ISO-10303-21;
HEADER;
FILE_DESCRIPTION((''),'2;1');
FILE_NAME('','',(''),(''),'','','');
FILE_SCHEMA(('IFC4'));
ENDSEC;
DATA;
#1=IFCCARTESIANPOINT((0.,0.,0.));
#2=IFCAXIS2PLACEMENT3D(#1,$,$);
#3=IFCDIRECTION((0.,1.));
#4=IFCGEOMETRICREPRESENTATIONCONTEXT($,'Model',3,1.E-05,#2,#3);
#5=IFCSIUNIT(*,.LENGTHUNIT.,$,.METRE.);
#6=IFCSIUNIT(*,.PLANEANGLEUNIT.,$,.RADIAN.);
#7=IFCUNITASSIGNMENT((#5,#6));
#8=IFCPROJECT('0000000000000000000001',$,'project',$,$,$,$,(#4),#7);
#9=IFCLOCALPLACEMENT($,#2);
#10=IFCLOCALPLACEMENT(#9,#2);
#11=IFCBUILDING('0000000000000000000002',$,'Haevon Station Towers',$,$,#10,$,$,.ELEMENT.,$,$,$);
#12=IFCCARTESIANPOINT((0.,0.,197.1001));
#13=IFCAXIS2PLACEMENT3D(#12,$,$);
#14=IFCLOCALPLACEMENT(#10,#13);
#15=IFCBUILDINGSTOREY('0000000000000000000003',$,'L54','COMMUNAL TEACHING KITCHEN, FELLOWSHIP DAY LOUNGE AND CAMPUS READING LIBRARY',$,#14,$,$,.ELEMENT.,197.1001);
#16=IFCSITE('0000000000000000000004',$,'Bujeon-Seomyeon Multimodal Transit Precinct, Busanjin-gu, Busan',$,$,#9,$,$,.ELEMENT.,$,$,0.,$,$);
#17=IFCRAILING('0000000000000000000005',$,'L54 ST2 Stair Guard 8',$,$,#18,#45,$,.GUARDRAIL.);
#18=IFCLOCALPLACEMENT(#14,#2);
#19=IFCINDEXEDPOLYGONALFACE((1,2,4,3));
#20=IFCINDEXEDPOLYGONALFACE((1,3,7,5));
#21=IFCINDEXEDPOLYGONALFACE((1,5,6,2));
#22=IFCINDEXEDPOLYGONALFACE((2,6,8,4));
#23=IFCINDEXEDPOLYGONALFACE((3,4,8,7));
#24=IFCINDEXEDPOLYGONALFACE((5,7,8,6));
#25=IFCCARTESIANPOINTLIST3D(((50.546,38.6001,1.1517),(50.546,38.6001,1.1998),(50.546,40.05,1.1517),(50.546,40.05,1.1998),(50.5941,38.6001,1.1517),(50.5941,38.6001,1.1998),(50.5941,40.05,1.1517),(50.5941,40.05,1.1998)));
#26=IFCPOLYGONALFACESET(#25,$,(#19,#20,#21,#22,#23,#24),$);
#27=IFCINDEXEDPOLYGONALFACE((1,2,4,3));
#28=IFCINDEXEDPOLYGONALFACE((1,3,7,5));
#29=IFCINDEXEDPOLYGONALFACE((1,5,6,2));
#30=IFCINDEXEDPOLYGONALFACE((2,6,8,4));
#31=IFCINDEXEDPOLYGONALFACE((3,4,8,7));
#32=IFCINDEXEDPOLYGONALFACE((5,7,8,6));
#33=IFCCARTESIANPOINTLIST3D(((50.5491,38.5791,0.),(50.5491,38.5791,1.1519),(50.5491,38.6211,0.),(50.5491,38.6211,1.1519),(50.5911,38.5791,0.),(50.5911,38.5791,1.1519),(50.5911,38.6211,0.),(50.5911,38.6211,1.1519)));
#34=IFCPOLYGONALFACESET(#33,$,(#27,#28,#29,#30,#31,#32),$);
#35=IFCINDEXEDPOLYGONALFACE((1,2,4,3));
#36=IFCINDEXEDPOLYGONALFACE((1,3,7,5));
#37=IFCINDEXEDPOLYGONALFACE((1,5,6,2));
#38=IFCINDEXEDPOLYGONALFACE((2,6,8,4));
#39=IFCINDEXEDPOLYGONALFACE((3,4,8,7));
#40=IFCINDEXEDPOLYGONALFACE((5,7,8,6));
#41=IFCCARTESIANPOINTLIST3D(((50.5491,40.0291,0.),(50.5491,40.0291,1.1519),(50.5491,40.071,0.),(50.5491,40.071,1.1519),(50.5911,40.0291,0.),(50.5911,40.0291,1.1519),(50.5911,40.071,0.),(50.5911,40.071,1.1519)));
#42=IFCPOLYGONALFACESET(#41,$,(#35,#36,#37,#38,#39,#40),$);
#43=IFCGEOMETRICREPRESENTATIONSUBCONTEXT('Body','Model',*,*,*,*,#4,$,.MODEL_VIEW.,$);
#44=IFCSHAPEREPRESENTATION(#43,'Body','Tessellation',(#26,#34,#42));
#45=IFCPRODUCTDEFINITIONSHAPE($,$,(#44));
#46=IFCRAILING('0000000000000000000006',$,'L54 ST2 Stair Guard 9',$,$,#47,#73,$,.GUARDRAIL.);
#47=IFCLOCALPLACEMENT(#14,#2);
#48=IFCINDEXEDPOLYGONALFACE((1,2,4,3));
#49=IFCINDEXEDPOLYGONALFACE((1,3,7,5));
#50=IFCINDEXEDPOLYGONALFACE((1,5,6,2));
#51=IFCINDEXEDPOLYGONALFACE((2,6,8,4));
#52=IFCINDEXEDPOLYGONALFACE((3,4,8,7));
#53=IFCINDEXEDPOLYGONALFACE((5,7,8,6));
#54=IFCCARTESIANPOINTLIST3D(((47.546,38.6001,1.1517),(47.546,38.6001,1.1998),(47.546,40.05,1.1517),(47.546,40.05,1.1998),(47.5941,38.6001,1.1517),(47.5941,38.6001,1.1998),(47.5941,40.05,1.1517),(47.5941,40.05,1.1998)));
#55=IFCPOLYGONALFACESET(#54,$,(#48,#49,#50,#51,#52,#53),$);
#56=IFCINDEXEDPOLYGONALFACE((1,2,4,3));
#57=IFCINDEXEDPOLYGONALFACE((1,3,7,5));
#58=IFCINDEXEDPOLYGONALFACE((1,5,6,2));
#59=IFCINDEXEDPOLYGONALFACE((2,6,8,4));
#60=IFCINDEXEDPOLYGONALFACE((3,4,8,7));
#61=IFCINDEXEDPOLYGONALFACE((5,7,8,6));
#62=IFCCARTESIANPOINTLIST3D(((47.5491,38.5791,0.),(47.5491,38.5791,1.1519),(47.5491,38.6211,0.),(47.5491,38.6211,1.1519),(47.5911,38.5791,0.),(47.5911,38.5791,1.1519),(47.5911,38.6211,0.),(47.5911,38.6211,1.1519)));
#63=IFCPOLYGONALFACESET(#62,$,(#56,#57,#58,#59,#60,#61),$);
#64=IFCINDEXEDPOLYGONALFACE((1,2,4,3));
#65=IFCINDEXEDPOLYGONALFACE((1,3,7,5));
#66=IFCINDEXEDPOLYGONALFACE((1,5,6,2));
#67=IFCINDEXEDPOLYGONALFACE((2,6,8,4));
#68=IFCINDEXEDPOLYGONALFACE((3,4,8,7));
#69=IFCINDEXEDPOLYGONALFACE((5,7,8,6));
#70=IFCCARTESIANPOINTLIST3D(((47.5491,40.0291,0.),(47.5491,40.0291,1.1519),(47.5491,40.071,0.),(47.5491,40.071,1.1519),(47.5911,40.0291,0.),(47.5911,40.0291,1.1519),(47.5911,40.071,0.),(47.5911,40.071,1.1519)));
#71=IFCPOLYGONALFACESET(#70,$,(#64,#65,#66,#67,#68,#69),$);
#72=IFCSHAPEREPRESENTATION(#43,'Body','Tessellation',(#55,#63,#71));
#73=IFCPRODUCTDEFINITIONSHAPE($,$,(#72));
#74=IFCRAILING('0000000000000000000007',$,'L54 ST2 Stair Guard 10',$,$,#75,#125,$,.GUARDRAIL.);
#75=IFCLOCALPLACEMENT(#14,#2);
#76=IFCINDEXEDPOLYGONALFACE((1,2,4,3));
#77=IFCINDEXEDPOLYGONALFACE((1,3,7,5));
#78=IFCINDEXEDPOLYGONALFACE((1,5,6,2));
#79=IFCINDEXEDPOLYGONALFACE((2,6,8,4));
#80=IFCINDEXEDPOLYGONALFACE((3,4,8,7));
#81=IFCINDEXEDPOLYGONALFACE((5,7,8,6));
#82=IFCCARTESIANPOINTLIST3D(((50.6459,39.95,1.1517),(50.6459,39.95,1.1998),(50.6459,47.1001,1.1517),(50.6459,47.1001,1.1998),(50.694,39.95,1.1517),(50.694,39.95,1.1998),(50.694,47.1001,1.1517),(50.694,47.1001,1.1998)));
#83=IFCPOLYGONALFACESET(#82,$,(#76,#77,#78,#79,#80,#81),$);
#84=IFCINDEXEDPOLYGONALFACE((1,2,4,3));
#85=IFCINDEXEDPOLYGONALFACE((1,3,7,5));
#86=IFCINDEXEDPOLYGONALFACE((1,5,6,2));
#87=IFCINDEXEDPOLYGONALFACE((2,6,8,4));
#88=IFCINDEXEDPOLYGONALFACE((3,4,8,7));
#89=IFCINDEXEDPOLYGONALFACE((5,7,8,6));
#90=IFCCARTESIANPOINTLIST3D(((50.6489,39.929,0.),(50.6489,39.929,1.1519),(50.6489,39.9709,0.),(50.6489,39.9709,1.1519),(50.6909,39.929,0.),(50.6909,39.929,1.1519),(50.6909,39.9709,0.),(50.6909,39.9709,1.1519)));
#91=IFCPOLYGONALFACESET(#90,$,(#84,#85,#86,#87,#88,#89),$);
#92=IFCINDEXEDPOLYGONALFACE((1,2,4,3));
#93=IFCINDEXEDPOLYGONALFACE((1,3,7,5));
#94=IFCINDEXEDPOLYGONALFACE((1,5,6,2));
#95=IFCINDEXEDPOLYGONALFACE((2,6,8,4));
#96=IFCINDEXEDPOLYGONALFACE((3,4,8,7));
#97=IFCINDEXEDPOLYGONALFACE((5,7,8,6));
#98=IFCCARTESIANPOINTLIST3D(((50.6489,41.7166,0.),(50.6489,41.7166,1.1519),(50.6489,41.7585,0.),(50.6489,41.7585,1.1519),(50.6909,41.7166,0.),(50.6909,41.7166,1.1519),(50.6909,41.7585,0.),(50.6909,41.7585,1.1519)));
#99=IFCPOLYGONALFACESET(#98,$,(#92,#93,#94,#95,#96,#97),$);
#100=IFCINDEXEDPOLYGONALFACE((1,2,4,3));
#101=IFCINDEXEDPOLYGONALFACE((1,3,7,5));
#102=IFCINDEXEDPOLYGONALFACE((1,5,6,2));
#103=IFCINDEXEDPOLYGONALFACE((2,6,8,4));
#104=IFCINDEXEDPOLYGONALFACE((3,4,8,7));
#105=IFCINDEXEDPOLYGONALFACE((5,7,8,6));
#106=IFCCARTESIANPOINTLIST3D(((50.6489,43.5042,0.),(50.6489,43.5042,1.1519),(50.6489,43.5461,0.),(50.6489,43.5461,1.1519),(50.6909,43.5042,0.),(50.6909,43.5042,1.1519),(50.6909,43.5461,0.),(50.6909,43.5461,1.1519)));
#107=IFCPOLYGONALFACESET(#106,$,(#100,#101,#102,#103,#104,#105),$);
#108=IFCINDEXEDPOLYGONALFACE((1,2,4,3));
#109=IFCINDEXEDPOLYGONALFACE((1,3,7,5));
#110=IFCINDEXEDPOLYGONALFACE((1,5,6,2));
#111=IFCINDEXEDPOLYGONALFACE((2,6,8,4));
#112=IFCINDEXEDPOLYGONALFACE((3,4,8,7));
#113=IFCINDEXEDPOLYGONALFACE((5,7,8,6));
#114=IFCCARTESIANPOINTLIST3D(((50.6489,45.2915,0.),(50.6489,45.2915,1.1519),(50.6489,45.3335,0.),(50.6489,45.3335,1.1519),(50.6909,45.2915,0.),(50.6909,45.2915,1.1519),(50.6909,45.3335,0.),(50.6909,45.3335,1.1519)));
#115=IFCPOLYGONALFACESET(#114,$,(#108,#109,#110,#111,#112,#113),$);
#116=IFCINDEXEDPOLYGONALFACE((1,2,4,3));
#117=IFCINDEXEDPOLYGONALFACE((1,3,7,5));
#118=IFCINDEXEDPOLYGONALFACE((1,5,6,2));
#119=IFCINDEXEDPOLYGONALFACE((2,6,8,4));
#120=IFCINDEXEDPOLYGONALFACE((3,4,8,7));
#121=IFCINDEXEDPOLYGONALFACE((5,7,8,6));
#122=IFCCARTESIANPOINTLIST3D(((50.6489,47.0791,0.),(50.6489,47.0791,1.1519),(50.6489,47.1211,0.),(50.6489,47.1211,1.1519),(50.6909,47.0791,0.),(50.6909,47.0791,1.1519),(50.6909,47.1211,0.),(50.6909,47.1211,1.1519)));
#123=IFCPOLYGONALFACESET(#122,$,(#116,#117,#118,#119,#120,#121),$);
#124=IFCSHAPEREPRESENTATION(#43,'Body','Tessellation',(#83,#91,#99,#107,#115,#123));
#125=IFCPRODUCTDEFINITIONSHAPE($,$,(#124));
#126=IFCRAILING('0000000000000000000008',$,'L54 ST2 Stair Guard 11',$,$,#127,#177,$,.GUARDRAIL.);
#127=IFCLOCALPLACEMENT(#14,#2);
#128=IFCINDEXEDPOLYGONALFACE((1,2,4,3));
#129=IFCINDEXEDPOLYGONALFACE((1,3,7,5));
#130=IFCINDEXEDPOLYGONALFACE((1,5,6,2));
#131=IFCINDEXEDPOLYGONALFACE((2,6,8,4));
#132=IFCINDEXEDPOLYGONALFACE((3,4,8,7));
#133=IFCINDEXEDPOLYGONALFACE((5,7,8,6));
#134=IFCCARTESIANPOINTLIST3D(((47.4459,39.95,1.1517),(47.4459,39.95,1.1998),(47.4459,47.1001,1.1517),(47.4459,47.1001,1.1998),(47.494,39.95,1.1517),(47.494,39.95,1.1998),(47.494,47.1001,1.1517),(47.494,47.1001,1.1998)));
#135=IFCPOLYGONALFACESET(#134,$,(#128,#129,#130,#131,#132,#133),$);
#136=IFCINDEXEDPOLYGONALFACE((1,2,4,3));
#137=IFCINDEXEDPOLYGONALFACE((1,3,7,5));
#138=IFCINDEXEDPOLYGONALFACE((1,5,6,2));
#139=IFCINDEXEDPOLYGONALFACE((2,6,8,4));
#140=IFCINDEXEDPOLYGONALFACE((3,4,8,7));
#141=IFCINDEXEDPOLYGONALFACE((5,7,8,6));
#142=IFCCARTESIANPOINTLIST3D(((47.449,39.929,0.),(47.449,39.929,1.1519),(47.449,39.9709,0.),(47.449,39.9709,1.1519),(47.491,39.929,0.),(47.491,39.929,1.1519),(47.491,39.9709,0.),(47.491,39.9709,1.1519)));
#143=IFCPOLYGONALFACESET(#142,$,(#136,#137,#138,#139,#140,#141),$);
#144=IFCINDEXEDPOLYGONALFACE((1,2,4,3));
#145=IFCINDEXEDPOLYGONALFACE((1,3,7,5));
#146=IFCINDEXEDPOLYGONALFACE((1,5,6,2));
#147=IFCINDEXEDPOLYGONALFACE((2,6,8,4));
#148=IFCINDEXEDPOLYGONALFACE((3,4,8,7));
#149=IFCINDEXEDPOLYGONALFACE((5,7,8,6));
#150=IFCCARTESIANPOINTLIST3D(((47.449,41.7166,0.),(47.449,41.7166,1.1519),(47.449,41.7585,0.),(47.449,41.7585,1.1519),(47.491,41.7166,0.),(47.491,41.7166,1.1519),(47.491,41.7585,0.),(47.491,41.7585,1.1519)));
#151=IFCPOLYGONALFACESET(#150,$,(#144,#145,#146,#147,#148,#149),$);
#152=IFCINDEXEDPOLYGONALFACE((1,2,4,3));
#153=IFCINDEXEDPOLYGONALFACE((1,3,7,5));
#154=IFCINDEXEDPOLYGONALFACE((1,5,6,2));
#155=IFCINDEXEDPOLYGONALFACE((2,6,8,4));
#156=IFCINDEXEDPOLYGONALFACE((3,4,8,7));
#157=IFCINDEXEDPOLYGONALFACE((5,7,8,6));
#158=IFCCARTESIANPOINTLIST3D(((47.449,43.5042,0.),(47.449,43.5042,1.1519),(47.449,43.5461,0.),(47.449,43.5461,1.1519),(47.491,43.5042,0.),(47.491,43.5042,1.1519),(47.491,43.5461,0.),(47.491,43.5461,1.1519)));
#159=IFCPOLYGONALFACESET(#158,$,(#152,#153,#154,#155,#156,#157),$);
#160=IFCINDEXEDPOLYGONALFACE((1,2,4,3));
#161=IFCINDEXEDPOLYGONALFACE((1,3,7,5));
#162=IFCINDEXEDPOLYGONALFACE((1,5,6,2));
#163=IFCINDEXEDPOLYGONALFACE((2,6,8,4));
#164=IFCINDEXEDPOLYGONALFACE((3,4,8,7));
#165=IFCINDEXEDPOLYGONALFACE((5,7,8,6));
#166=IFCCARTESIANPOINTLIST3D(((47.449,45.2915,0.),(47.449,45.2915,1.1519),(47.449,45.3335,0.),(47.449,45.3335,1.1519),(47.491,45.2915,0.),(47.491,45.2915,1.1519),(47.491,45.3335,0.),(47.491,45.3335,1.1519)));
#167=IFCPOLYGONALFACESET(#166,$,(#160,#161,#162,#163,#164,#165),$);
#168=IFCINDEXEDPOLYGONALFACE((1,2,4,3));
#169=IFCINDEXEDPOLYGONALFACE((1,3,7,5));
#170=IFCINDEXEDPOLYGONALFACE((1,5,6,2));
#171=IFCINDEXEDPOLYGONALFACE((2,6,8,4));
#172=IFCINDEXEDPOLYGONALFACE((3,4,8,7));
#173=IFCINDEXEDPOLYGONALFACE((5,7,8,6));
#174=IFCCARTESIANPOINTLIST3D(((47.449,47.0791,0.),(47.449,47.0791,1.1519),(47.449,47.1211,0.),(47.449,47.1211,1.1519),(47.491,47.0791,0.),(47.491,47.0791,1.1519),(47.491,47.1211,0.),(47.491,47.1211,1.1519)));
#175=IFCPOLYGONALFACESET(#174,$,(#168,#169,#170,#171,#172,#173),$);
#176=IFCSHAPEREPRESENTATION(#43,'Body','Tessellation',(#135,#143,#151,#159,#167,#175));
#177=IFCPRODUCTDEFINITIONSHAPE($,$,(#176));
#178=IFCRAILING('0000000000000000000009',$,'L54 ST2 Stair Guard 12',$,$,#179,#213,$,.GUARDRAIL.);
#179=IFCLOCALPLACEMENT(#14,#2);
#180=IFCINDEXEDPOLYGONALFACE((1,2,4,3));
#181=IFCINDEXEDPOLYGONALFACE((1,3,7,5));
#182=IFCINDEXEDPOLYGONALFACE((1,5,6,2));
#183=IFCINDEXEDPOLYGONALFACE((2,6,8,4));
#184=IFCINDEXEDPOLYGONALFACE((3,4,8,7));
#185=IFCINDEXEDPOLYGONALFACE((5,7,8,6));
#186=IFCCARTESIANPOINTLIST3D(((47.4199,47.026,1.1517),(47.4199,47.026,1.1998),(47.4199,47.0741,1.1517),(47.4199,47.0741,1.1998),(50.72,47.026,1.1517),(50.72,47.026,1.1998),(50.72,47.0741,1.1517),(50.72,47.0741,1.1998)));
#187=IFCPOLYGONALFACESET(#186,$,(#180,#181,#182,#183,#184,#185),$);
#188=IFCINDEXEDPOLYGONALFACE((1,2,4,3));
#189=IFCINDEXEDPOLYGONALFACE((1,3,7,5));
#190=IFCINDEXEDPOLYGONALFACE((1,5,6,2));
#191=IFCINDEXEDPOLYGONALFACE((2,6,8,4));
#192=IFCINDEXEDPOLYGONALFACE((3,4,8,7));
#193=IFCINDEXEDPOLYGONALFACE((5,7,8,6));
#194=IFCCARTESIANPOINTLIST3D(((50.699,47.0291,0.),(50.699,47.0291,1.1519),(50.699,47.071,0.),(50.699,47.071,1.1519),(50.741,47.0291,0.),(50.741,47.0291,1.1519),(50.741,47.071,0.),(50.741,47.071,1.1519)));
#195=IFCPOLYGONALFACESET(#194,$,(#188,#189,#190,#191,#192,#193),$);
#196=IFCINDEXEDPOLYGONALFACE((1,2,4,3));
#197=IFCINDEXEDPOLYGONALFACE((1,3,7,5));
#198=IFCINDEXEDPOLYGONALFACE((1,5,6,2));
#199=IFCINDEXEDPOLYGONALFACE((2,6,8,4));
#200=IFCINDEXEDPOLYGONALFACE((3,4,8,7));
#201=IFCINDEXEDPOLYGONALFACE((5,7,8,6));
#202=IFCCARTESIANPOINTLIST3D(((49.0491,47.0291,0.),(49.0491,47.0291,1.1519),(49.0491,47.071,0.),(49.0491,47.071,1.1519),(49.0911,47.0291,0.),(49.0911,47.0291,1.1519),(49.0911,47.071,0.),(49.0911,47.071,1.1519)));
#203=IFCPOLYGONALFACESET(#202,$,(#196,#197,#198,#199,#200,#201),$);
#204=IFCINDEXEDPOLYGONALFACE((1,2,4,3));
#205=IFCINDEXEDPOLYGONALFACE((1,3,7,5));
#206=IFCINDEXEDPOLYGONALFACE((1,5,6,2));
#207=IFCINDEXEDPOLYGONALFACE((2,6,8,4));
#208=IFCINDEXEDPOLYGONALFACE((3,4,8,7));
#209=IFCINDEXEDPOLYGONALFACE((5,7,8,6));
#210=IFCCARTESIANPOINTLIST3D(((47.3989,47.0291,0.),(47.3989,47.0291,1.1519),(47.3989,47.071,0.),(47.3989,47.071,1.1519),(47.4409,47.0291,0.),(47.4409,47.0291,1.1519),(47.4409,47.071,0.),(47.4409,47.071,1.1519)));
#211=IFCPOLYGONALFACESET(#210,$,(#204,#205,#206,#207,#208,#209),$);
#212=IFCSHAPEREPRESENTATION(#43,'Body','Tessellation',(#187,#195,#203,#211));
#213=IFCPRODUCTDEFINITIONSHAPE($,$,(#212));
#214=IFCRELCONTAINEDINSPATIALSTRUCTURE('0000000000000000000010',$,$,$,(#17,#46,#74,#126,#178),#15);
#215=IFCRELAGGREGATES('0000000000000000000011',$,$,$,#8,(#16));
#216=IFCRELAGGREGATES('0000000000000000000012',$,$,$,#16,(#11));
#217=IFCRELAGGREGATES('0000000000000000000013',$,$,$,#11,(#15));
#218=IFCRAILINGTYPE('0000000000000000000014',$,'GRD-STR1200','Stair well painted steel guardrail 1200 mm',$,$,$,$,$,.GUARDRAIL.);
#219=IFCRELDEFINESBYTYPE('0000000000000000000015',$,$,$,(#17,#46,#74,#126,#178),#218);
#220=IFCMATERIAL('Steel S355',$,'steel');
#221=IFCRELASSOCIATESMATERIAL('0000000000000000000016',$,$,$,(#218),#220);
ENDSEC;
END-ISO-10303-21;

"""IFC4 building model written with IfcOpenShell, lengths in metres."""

from ifc_helpers import new_model, si_unit, direction, frame, origin, origin_2d, place, context, subcontext, project, spatial, rectangle, extrude, material, type_object, element, save


model = new_model("IFC4")

# Units and contexts
model_context = context("Model", 3, precision=1e-05, world=origin(), true_north=direction((0.0, 1.0)))
body_context = subcontext(model_context, "Body", "Model", "MODEL_VIEW")
ifc_project = project(units=[si_unit("LENGTHUNIT", "METRE"), si_unit("PLANEANGLEUNIT", "RADIAN")], contexts=[model_context])

# Site, building, storey
site_placement = place(None, origin())
site = spatial("IfcSite", under=ifc_project, at=site_placement, Name="Bujeon-Seomyeon Multimodal Transit Precinct, Busanjin-gu, Busan", CompositionType="ELEMENT", RefElevation=0.0)
building_placement = place(site_placement, origin())
building = spatial("IfcBuilding", under=site, at=building_placement, Name="Haevon Station Towers", CompositionType="ELEMENT")
storey_placement = place(building_placement, frame((0.0, 0.0, 197.1001)))
storey = spatial("IfcBuildingStorey", under=building, at=storey_placement, Name="L54", Description="COMMUNAL TEACHING KITCHEN, FELLOWSHIP DAY LOUNGE AND CAMPUS READING LIBRARY", CompositionType="ELEMENT", Elevation=197.1001)

# Shared definitions
ifc_material_1 = material(Name="Steel S355", Category="steel")

# Railings
railing_type_1 = type_object("IfcRailingType", Name="GRD-STR1200", Description="Stair well painted steel guardrail 1200 mm", PredefinedType="GUARDRAIL", material=ifc_material_1)
for number, where, name in (
    (1, (50.5701, 38.6001, 0.0), "L54 ST2 Stair Guard 8"),
    (2, (47.5701, 38.6001, 0.0), "L54 ST2 Stair Guard 9"),
):
    element("IfcRailing", number, at=place(storey_placement, frame(where)), inside=storey, type_object=railing_type_1, Name=name, PredefinedType="GUARDRAIL", context=body_context, shape_type="SweptSolid", body=[
        extrude(rectangle(XDim=0.0481, YDim=0.0481, at=origin_2d()), frame((0.0, 0.0, 1.1758), z_axis=(0.0, 1.0, 0.0), x_axis=(-1.0, 0.0, 0.0)), (0.0, 0.0, 1.0), 1.45),
        extrude(rectangle(XDim=0.042, YDim=0.042, at=origin_2d()), origin(), (0.0, 0.0, 1.0), 1.1519),
        extrude(rectangle(XDim=0.042, YDim=0.042, at=origin_2d()), frame((0.0, 1.45, 0.0)), (0.0, 0.0, 1.0), 1.1519),
    ])
for number, where, name in (
    (3, (50.6699, 39.95, 0.0), "L54 ST2 Stair Guard 10"),
    (4, (47.47, 39.95, 0.0), "L54 ST2 Stair Guard 11"),
):
    element("IfcRailing", number, at=place(storey_placement, frame(where)), inside=storey, type_object=railing_type_1, Name=name, PredefinedType="GUARDRAIL", context=body_context, shape_type="SweptSolid", body=[
        extrude(rectangle(XDim=0.0481, YDim=0.0481, at=origin_2d()), frame((0.0, 0.0, 1.1758), z_axis=(0.0, 1.0, 0.0), x_axis=(-1.0, 0.0, 0.0)), (0.0, 0.0, 1.0), 7.1501),
        extrude(rectangle(XDim=0.042, YDim=0.042, at=origin_2d()), origin(), (0.0, 0.0, 1.0), 1.1519),
        extrude(rectangle(XDim=0.042, YDim=0.042, at=origin_2d()), frame((0.0, 1.7876, 0.0)), (0.0, 0.0, 1.0), 1.1519),
        extrude(rectangle(XDim=0.042, YDim=0.042, at=origin_2d()), frame((0.0, 3.5752, 0.0)), (0.0, 0.0, 1.0), 1.1519),
        extrude(rectangle(XDim=0.042, YDim=0.042, at=origin_2d()), frame((0.0, 5.3625, 0.0)), (0.0, 0.0, 1.0), 1.1519),
        extrude(rectangle(XDim=0.042, YDim=0.042, at=origin_2d()), frame((0.0, 7.1501, 0.0)), (0.0, 0.0, 1.0), 1.1519),
    ])
railing_1_placement = place(storey_placement, frame((50.72, 47.05, 0.0)))
element("IfcRailing", 5, at=railing_1_placement, inside=storey, type_object=railing_type_1, Name="L54 ST2 Stair Guard 12", PredefinedType="GUARDRAIL", context=body_context, shape_type="SweptSolid", body=[
    extrude(rectangle(XDim=0.0481, YDim=0.0481, at=origin_2d()), frame((0.0, 0.0, 1.1758), z_axis=(-1.0, 0.0, 0.0), x_axis=(0.0, -1.0, 0.0)), (0.0, 0.0, 1.0), 3.3),
    extrude(rectangle(XDim=0.042, YDim=0.042, at=origin_2d()), origin(), (0.0, 0.0, 1.0), 1.1519),
    extrude(rectangle(XDim=0.042, YDim=0.042, at=origin_2d()), frame((-1.6499, 0.0, 0.0)), (0.0, 0.0, 1.0), 1.1519),
    extrude(rectangle(XDim=0.042, YDim=0.042, at=origin_2d()), frame((-3.3, 0.0, 0.0)), (0.0, 0.0, 1.0), 1.1519),
])

save(model, "model.ifc")
